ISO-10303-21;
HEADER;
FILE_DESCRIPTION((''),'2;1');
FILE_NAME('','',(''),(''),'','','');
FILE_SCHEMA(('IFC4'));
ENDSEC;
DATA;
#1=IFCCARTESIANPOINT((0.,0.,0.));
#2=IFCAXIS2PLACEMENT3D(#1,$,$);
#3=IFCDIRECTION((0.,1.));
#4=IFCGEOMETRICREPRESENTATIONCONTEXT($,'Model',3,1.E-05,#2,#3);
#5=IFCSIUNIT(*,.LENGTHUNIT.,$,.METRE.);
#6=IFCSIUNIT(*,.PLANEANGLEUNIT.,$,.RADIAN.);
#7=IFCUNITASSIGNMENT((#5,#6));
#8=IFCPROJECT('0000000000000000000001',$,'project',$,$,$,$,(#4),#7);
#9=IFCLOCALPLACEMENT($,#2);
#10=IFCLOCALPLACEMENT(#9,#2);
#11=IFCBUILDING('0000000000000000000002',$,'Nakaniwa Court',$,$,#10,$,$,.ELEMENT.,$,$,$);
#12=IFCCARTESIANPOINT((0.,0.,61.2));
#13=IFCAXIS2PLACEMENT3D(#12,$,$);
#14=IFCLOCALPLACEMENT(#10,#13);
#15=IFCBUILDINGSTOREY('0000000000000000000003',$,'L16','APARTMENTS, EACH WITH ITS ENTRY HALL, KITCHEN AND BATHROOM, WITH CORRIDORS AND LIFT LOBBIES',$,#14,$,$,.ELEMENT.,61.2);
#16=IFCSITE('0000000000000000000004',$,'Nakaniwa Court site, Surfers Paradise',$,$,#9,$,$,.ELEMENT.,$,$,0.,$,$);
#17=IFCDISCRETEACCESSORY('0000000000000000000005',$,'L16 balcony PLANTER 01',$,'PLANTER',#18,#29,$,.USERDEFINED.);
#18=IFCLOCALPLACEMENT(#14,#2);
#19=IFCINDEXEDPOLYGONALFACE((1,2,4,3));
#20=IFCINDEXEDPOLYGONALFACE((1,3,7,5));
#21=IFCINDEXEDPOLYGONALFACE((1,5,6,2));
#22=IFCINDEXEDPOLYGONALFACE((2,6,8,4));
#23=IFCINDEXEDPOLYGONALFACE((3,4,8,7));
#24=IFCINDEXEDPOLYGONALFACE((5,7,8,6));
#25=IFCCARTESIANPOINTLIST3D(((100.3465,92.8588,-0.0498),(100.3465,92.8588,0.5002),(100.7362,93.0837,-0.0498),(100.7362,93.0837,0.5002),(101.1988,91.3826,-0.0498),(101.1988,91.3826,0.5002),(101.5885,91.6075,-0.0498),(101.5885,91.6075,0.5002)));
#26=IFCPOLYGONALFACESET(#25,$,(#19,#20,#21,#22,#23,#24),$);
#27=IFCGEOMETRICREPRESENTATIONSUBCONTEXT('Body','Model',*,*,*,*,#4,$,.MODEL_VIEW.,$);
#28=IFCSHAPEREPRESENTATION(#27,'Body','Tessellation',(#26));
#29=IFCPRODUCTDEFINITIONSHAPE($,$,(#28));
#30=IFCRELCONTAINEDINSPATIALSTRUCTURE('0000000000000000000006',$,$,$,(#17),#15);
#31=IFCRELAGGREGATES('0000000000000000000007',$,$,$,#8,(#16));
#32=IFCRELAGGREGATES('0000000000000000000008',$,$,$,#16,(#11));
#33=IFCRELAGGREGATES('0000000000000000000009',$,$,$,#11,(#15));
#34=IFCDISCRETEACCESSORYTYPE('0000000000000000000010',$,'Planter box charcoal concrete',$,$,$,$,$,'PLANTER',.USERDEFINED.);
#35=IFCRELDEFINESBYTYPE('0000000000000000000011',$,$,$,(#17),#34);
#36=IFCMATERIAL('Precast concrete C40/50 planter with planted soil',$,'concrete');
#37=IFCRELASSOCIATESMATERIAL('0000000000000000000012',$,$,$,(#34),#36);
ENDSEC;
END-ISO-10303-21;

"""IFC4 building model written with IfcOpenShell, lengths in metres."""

from ifc_helpers import new_model, si_unit, direction, frame, origin, origin_2d, place, context, subcontext, project, spatial, rectangle, extrude, material, type_object, element, save


model = new_model("IFC4")

# Units and contexts
model_context = context("Model", 3, precision=1e-05, world=origin(), true_north=direction((0.0, 1.0)))
body_context = subcontext(model_context, "Body", "Model", "MODEL_VIEW")
ifc_project = project(units=[si_unit("LENGTHUNIT", "METRE"), si_unit("PLANEANGLEUNIT", "RADIAN")], contexts=[model_context])

# Site, building, storey
site_placement = place(None, origin())
site = spatial("IfcSite", under=ifc_project, at=site_placement, Name="Nakaniwa Court site, Surfers Paradise", CompositionType="ELEMENT", RefElevation=0.0)
building_placement = place(site_placement, origin())
building = spatial("IfcBuilding", under=site, at=building_placement, Name="Nakaniwa Court", CompositionType="ELEMENT")
storey_placement = place(building_placement, frame((0.0, 0.0, 61.2)))
storey = spatial("IfcBuildingStorey", under=building, at=storey_placement, Name="L16", Description="APARTMENTS, EACH WITH ITS ENTRY HALL, KITCHEN AND BATHROOM, WITH CORRIDORS AND LIFT LOBBIES", CompositionType="ELEMENT", Elevation=61.2)

# Discrete accessory
ifc_material_1 = material(Name="Precast concrete C40/50 planter with planted soil", Category="concrete")
discrete_accessory_type_1 = type_object("IfcDiscreteAccessoryType", Name="Planter box charcoal concrete", ElementType="PLANTER", PredefinedType="USERDEFINED", material=ifc_material_1)
discrete_accessory_1_placement = place(storey_placement, frame((100.9675, 92.2332, -0.0498), z_axis=(0.0, 0.0, 1.0), x_axis=(-0.500005, 0.866023, 0.0)))
element("IfcDiscreteAccessory", 1, at=discrete_accessory_1_placement, inside=storey, type_object=discrete_accessory_type_1, Name="L16 balcony PLANTER 01", ObjectType="PLANTER", PredefinedType="USERDEFINED", context=body_context, shape_type="SweptSolid", body=[
    extrude(rectangle(XDim=1.7046, YDim=0.45, at=origin_2d()), origin(), (0.0, 0.0, 1.0), 0.55),
])

save(model, "model.ifc")
